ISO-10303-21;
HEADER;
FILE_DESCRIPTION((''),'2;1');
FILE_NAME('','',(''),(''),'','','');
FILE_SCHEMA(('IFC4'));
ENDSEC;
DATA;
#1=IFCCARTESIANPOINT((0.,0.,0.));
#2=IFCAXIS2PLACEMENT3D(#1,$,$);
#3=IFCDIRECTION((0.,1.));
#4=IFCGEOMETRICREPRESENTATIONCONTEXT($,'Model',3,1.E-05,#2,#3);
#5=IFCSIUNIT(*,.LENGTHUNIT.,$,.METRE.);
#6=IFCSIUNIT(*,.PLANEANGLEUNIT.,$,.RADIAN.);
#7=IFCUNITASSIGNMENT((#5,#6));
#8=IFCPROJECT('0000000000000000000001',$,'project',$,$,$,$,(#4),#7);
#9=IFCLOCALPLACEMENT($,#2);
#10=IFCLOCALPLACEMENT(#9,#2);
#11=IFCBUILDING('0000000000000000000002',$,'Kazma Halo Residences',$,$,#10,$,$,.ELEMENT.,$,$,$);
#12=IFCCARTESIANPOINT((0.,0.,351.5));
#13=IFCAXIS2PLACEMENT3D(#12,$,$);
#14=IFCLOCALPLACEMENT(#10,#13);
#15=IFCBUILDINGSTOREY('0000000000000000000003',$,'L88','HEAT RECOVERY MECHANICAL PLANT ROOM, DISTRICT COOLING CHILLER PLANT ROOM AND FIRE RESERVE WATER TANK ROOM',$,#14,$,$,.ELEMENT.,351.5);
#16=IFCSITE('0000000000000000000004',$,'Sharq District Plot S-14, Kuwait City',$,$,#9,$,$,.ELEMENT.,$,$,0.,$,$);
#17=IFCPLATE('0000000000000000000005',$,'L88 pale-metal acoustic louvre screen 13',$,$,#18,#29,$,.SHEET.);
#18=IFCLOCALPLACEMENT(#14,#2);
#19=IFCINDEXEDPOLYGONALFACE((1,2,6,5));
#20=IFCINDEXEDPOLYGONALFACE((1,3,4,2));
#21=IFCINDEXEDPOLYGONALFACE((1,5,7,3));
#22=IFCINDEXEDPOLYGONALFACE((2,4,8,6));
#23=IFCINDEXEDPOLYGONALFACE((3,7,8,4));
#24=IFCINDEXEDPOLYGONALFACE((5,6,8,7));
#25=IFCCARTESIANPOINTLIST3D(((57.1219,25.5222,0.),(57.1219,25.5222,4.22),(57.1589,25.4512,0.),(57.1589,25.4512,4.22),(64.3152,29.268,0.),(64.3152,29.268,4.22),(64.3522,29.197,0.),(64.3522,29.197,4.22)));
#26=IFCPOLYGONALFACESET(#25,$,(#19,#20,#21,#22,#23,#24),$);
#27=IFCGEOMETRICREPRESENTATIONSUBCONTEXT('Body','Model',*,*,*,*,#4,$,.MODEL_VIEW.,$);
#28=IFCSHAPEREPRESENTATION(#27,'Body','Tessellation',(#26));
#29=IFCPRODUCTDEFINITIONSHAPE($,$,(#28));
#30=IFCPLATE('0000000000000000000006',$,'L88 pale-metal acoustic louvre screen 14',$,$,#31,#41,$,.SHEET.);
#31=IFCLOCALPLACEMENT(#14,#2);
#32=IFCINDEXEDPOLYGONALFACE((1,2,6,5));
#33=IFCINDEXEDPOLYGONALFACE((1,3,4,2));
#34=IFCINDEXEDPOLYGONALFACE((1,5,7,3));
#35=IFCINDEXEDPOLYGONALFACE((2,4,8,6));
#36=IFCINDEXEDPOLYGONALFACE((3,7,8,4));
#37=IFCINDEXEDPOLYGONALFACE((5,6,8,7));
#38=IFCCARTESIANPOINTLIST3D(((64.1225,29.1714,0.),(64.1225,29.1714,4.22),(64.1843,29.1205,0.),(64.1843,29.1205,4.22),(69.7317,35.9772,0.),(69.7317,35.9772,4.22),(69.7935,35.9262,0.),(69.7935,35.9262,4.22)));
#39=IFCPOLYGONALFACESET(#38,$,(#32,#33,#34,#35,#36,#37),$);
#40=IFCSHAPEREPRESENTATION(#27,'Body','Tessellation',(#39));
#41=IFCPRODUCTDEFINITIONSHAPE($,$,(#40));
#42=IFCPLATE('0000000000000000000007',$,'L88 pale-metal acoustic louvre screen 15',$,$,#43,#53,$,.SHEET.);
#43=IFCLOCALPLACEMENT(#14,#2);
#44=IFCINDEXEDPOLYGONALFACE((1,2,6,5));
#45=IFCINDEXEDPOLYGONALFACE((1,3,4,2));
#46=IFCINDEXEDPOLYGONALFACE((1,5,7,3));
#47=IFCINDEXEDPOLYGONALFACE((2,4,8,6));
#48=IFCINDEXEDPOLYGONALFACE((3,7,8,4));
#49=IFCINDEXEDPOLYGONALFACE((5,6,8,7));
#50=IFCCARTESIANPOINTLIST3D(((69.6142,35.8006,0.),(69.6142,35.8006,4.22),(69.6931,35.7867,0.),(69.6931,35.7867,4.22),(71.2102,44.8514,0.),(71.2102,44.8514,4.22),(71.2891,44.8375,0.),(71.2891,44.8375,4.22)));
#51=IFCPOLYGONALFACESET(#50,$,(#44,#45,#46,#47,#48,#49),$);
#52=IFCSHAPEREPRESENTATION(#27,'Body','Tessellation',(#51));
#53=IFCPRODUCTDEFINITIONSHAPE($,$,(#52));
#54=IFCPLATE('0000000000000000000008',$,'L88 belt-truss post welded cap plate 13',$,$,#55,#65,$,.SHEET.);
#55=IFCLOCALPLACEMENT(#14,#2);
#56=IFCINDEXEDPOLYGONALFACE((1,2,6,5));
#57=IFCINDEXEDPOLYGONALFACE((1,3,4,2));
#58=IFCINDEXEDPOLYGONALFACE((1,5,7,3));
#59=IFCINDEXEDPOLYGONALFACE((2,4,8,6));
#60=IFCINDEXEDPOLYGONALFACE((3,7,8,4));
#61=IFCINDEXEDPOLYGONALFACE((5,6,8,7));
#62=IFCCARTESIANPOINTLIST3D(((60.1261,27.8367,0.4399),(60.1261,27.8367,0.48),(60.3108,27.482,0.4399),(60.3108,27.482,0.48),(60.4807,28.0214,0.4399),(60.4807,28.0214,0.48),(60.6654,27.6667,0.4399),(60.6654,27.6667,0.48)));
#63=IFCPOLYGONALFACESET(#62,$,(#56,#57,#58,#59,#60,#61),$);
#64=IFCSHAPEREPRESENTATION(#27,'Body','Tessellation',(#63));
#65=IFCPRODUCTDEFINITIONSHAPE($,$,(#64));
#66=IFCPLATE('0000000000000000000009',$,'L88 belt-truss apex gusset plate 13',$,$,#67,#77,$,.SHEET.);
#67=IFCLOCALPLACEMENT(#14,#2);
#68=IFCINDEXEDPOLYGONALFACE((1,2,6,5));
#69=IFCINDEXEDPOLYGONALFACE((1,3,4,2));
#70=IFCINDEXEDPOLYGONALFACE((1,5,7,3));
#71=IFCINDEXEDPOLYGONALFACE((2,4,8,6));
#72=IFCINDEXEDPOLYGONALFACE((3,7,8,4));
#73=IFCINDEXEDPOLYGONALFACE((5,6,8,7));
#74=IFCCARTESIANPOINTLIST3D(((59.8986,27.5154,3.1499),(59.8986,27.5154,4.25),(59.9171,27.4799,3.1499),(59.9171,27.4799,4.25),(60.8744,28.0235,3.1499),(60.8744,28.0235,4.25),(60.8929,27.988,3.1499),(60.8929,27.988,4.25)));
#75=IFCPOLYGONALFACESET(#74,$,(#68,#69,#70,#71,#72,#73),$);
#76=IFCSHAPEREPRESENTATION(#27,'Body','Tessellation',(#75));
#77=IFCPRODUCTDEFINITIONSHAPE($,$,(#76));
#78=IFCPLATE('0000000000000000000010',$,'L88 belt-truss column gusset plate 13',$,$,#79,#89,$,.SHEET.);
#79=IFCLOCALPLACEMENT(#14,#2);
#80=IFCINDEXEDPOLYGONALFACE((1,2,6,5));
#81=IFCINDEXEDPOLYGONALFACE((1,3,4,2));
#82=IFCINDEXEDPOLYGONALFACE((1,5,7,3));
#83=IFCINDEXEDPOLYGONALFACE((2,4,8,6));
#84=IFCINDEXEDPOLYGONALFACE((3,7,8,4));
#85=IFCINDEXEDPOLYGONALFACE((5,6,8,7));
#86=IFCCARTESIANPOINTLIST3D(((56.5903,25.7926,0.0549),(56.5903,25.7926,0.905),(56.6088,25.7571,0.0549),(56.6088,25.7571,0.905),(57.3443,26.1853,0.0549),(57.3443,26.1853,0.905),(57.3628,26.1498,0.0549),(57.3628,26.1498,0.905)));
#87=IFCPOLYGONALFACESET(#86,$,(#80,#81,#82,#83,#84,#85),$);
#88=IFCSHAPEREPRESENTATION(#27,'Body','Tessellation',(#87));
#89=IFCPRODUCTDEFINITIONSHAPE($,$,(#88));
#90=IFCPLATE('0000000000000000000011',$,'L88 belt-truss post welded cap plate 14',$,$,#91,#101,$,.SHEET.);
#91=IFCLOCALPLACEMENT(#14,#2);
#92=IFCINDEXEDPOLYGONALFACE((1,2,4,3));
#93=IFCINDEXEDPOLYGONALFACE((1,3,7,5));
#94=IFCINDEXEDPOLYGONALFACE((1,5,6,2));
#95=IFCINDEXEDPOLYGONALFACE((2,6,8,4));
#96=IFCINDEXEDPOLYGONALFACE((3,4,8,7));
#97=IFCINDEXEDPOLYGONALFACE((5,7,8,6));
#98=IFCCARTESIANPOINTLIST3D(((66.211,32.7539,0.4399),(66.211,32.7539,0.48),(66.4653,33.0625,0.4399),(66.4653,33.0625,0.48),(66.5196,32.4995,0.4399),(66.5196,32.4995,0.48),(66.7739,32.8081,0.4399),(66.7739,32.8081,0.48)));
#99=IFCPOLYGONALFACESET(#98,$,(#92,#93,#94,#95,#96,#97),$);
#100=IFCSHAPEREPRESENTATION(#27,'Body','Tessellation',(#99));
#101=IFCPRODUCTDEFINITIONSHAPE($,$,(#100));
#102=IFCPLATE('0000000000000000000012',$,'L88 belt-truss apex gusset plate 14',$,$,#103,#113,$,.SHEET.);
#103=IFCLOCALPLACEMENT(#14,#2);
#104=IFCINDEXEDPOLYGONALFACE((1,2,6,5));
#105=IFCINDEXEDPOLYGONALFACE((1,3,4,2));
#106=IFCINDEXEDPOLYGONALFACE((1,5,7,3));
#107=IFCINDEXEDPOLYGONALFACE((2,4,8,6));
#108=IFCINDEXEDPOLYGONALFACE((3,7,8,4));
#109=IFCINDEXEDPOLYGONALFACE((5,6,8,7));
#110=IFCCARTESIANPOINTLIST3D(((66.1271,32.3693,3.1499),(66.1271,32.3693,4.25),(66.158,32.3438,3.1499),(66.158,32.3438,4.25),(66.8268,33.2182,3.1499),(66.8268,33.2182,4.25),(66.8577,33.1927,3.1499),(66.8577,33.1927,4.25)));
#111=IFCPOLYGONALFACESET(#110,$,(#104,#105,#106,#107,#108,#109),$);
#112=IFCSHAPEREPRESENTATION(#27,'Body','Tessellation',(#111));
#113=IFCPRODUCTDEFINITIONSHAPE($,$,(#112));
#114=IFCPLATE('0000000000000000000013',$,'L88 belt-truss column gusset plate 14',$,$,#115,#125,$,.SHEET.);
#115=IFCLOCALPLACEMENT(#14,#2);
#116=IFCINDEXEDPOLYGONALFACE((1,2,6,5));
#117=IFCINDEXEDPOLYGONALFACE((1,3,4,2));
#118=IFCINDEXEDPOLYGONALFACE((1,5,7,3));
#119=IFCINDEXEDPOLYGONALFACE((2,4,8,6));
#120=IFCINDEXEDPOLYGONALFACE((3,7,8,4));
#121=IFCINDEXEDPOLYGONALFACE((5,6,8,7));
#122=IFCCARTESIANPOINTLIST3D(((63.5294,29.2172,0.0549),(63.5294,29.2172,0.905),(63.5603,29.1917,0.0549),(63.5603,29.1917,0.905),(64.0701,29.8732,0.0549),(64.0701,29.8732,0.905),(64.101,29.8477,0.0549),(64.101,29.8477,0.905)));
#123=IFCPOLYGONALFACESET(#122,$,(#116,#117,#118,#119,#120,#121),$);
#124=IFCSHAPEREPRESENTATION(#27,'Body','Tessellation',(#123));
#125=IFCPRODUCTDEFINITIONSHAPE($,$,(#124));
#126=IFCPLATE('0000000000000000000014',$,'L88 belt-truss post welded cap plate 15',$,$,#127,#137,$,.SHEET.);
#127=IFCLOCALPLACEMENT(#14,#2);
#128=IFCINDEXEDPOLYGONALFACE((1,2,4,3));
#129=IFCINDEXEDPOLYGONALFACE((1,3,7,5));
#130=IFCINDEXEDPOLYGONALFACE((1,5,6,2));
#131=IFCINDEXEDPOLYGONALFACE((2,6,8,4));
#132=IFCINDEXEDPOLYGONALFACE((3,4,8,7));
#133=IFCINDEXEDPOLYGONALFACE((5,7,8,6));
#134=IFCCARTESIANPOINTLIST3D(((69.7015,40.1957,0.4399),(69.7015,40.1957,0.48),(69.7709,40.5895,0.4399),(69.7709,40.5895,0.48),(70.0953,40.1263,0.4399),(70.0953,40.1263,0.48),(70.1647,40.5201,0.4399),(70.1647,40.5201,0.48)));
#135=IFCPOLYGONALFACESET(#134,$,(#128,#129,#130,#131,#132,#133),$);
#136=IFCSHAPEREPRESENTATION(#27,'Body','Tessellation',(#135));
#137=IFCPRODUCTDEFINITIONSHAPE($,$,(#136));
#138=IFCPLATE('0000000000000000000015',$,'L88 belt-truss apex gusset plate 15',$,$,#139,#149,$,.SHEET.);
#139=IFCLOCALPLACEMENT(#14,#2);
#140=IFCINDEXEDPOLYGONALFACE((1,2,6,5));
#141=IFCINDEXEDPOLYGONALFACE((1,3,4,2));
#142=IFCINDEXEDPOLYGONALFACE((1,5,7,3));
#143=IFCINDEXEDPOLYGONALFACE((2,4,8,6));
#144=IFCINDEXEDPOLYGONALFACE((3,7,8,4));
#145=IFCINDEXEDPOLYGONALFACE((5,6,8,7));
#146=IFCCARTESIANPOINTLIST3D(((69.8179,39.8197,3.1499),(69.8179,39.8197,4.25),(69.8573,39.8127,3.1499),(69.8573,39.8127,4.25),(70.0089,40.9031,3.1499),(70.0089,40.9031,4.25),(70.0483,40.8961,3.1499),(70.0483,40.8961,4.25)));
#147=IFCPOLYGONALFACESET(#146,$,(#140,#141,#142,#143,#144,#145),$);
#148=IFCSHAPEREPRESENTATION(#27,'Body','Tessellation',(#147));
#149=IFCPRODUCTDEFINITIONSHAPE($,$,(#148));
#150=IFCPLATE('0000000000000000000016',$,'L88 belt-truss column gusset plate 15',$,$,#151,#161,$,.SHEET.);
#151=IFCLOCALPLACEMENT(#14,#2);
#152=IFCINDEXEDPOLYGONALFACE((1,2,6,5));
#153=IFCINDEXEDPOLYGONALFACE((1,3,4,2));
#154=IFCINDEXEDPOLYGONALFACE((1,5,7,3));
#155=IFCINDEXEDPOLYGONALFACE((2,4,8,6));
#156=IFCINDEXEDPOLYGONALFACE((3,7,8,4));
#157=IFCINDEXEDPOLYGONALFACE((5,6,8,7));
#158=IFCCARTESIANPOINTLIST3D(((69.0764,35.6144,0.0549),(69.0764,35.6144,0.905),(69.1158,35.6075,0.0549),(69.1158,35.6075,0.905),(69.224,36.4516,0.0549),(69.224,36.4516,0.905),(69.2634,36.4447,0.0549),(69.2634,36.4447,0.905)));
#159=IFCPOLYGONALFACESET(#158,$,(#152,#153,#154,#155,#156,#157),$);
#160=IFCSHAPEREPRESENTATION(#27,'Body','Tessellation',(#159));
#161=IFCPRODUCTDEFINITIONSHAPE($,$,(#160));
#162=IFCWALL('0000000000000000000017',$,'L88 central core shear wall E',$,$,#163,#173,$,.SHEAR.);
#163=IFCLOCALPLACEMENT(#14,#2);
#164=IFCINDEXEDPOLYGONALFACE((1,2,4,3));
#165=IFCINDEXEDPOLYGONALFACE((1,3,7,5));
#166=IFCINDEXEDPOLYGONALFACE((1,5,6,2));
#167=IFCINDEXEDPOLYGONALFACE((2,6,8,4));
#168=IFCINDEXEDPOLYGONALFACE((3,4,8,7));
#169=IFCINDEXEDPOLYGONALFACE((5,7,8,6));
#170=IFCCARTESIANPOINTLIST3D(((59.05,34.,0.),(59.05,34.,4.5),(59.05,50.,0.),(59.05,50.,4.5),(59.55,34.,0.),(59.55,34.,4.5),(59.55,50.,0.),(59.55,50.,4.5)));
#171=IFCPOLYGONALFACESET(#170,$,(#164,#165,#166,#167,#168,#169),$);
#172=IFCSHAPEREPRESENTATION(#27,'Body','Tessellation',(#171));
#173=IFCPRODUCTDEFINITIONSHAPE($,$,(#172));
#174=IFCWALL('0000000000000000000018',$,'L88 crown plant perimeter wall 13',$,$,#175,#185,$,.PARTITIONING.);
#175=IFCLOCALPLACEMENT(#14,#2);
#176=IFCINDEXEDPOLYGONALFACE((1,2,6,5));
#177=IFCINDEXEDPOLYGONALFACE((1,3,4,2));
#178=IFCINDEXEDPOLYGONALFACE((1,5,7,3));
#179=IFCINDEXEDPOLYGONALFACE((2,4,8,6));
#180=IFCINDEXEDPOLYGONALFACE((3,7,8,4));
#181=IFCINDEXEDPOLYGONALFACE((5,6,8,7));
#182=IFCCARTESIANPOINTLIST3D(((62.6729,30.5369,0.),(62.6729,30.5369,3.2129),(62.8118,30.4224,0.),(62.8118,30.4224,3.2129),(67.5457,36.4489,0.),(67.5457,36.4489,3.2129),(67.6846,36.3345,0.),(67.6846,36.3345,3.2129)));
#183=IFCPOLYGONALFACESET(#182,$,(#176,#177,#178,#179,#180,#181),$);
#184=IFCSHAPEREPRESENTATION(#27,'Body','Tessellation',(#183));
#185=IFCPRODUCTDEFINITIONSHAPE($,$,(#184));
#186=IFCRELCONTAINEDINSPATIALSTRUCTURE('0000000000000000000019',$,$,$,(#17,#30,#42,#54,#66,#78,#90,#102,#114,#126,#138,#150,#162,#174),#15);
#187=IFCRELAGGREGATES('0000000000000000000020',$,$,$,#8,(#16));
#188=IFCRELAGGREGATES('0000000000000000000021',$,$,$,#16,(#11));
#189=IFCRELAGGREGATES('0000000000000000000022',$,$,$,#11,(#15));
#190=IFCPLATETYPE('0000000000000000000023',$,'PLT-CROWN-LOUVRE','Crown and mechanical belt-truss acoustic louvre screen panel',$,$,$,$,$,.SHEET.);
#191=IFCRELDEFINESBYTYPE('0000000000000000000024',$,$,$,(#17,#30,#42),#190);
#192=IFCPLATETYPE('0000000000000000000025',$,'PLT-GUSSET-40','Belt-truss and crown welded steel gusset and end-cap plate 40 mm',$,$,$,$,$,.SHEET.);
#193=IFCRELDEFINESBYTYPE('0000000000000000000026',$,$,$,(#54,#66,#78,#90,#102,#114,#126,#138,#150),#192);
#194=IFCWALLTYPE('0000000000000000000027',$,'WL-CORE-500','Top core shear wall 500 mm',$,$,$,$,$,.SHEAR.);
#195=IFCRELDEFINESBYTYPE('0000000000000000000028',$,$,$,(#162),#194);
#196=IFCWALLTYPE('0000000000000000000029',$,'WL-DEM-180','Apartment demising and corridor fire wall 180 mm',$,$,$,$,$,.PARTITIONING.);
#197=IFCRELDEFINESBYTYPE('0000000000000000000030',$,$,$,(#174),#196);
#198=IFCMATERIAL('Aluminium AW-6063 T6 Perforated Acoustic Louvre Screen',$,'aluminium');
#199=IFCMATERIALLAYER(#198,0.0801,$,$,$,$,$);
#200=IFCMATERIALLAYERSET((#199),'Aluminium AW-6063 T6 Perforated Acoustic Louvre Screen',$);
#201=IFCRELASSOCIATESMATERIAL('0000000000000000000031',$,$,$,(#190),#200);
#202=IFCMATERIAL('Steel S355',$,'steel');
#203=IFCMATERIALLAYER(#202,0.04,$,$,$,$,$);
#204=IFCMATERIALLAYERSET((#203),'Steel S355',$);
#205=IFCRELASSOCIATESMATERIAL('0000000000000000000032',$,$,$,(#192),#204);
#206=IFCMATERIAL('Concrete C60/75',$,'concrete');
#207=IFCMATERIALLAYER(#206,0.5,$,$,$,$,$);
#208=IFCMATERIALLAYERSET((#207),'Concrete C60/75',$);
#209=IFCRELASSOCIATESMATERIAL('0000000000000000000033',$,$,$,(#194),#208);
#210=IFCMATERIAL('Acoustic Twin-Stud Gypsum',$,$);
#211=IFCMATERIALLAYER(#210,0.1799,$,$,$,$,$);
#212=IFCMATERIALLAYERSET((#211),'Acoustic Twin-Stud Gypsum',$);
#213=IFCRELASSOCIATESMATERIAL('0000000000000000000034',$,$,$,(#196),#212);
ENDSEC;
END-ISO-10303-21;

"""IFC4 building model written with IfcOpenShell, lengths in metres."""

from ifc_helpers import new_model, si_unit, direction, frame, frame_2d, origin, origin_2d, place, context, subcontext, project, spatial, rectangle, extrude, material, layer, layer_set, type_object, element, save


model = new_model("IFC4")

# Units and contexts
model_context = context("Model", 3, precision=1e-05, world=origin(), true_north=direction((0.0, 1.0)))
body_context = subcontext(model_context, "Body", "Model", "MODEL_VIEW")
ifc_project = project(units=[si_unit("LENGTHUNIT", "METRE"), si_unit("PLANEANGLEUNIT", "RADIAN")], contexts=[model_context])

# Site, building, storey
site_placement = place(None, origin())
site = spatial("IfcSite", under=ifc_project, at=site_placement, Name="Sharq District Plot S-14, Kuwait City", CompositionType="ELEMENT", RefElevation=0.0)
building_placement = place(site_placement, origin())
building = spatial("IfcBuilding", under=site, at=building_placement, Name="Kazma Halo Residences", CompositionType="ELEMENT")
storey_placement = place(building_placement, frame((0.0, 0.0, 351.5)))
storey = spatial("IfcBuildingStorey", under=building, at=storey_placement, Name="L88", Description="HEAT RECOVERY MECHANICAL PLANT ROOM, DISTRICT COOLING CHILLER PLANT ROOM AND FIRE RESERVE WATER TANK ROOM", CompositionType="ELEMENT", Elevation=351.5)

# Shared definitions
ifc_material_1 = material(Name="Steel S355", Category="steel")

# Plates
ifc_material_2 = material(Name="Aluminium AW-6063 T6 Perforated Acoustic Louvre Screen", Category="aluminium")
ifc_layer_1 = layer(ifc_material_2, 0.0801)
ifc_layer_set_1 = layer_set([ifc_layer_1], Name="Aluminium AW-6063 T6 Perforated Acoustic Louvre Screen")
plate_type_1 = type_object("IfcPlateType", Name="PLT-CROWN-LOUVRE", Description="Crown and mechanical belt-truss acoustic louvre screen panel", PredefinedType="SHEET", material=ifc_layer_set_1)
plate_1_placement = place(storey_placement, frame((60.7371, 27.3596, 0.0), z_axis=(0.0, 0.0, 1.0), x_axis=(0.88695, 0.461866, 0.0)))
element("IfcPlate", 1, at=plate_1_placement, inside=storey, type_object=plate_type_1, Name="L88 pale-metal acoustic louvre screen 13", PredefinedType="SHEET", context=body_context, shape_type="SweptSolid", body=[
    extrude(rectangle(XDim=8.1101, YDim=0.0801, at=origin_2d()), origin(), (0.0, 0.0, 1.0), 4.22),
])
plate_2_placement = place(storey_placement, frame((66.958, 32.5488, 0.0), z_axis=(0.0, 0.0, 1.0), x_axis=(0.636008, 0.771683, 0.0)))
element("IfcPlate", 2, at=plate_2_placement, inside=storey, type_object=plate_type_1, Name="L88 pale-metal acoustic louvre screen 14", PredefinedType="SHEET", context=body_context, shape_type="SweptSolid", body=[
    extrude(rectangle(XDim=8.8193, YDim=0.0801, at=origin_2d()), origin(), (0.0, 0.0, 1.0), 4.22),
])
plate_3_placement = place(storey_placement, frame((70.4517, 40.3191, 0.0), z_axis=(0.0, 0.0, 1.0), x_axis=(0.173656, 0.984806, 0.0)))
element("IfcPlate", 3, at=plate_3_placement, inside=storey, type_object=plate_type_1, Name="L88 pale-metal acoustic louvre screen 15", PredefinedType="SHEET", context=body_context, shape_type="SweptSolid", body=[
    extrude(rectangle(XDim=9.1904, YDim=0.0801, at=origin_2d()), origin(), (0.0, 0.0, 1.0), 4.22),
])
ifc_layer_2 = layer(ifc_material_1, 0.04)
ifc_layer_set_2 = layer_set([ifc_layer_2], Name="Steel S355")
plate_type_2 = type_object("IfcPlateType", Name="PLT-GUSSET-40", Description="Belt-truss and crown welded steel gusset and end-cap plate 40 mm", PredefinedType="SHEET", material=ifc_layer_set_2)
plate_4_placement = place(storey_placement, frame((60.3958, 27.7517, 0.4399), z_axis=(0.0, 0.0, 1.0), x_axis=(0.88695, 0.461866, 0.0)))
element("IfcPlate", 4, at=plate_4_placement, inside=storey, type_object=plate_type_2, Name="L88 belt-truss post welded cap plate 13", PredefinedType="SHEET", context=body_context, shape_type="SweptSolid", body=[
    extrude(rectangle(XDim=0.3999, YDim=0.3999, at=origin_2d()), origin(), (0.0, 0.0, 1.0), 0.04),
])
plate_5_placement = place(storey_placement, frame((60.3958, 27.7517, 3.1499), z_axis=(0.0, 0.0, 1.0), x_axis=(0.88695, 0.461866, 0.0)))
element("IfcPlate", 5, at=plate_5_placement, inside=storey, type_object=plate_type_2, Name="L88 belt-truss apex gusset plate 13", PredefinedType="SHEET", context=body_context, shape_type="SweptSolid", body=[
    extrude(rectangle(XDim=1.1001, YDim=0.04, at=origin_2d()), origin(), (0.0, 0.0, 1.0), 1.1001),
])
plate_6_placement = place(storey_placement, frame((56.9766, 25.9712, 0.0549), z_axis=(0.0, 0.0, 1.0), x_axis=(0.88695, 0.461866, 0.0)))
element("IfcPlate", 6, at=plate_6_placement, inside=storey, type_object=plate_type_2, Name="L88 belt-truss column gusset plate 13", PredefinedType="SHEET", context=body_context, shape_type="SweptSolid", body=[
    extrude(rectangle(XDim=0.8501, YDim=0.04, at=origin_2d()), origin(), (0.0, 0.0, 1.0), 0.8501),
])
plate_7_placement = place(storey_placement, frame((66.4924, 32.781, 0.4399), z_axis=(0.0, 0.0, 1.0), x_axis=(0.636008, 0.771683, 0.0)))
element("IfcPlate", 7, at=plate_7_placement, inside=storey, type_object=plate_type_2, Name="L88 belt-truss post welded cap plate 14", PredefinedType="SHEET", context=body_context, shape_type="SweptSolid", body=[
    extrude(rectangle(XDim=0.3999, YDim=0.3999, at=origin_2d()), origin(), (0.0, 0.0, 1.0), 0.04),
])
plate_8_placement = place(storey_placement, frame((66.4924, 32.781, 3.1499), z_axis=(0.0, 0.0, 1.0), x_axis=(0.636008, 0.771683, 0.0)))
element("IfcPlate", 8, at=plate_8_placement, inside=storey, type_object=plate_type_2, Name="L88 belt-truss apex gusset plate 14", PredefinedType="SHEET", context=body_context, shape_type="SweptSolid", body=[
    extrude(rectangle(XDim=1.1001, YDim=0.04, at=origin_2d()), origin(), (0.0, 0.0, 1.0), 1.1001),
])
plate_9_placement = place(storey_placement, frame((63.8152, 29.5325, 0.0549), z_axis=(0.0, 0.0, 1.0), x_axis=(0.636008, 0.771683, 0.0)))
element("IfcPlate", 9, at=plate_9_placement, inside=storey, type_object=plate_type_2, Name="L88 belt-truss column gusset plate 14", PredefinedType="SHEET", context=body_context, shape_type="SweptSolid", body=[
    extrude(rectangle(XDim=0.8501, YDim=0.04, at=origin_2d()), origin(), (0.0, 0.0, 1.0), 0.8501),
])
plate_10_placement = place(storey_placement, frame((69.9331, 40.3579, 0.4399), z_axis=(0.0, 0.0, 1.0), x_axis=(0.173656, 0.984806, 0.0)))
element("IfcPlate", 10, at=plate_10_placement, inside=storey, type_object=plate_type_2, Name="L88 belt-truss post welded cap plate 15", PredefinedType="SHEET", context=body_context, shape_type="SweptSolid", body=[
    extrude(rectangle(XDim=0.3999, YDim=0.3999, at=origin_2d()), origin(), (0.0, 0.0, 1.0), 0.04),
])
plate_11_placement = place(storey_placement, frame((69.9331, 40.3579, 3.1499), z_axis=(0.0, 0.0, 1.0), x_axis=(0.173656, 0.984806, 0.0)))
element("IfcPlate", 11, at=plate_11_placement, inside=storey, type_object=plate_type_2, Name="L88 belt-truss apex gusset plate 15", PredefinedType="SHEET", context=body_context, shape_type="SweptSolid", body=[
    extrude(rectangle(XDim=1.1001, YDim=0.04, at=origin_2d()), origin(), (0.0, 0.0, 1.0), 1.1001),
])
plate_12_placement = place(storey_placement, frame((69.1699, 36.0295, 0.0549), z_axis=(0.0, 0.0, 1.0), x_axis=(0.173656, 0.984806, 0.0)))
element("IfcPlate", 12, at=plate_12_placement, inside=storey, type_object=plate_type_2, Name="L88 belt-truss column gusset plate 15", PredefinedType="SHEET", context=body_context, shape_type="SweptSolid", body=[
    extrude(rectangle(XDim=0.8501, YDim=0.04, at=origin_2d()), origin(), (0.0, 0.0, 1.0), 0.8501),
])

# Walls
ifc_material_3 = material(Name="Concrete C60/75", Category="concrete")
ifc_layer_3 = layer(ifc_material_3, 0.5)
ifc_layer_set_3 = layer_set([ifc_layer_3], Name="Concrete C60/75")
wall_type_1 = type_object("IfcWallType", Name="WL-CORE-500", Description="Top core shear wall 500 mm", PredefinedType="SHEAR", material=ifc_layer_set_3)
wall_1_placement = place(storey_placement, frame((59.3, 34.0, 0.0), z_axis=(0.0, 0.0, 1.0), x_axis=(0.0, 1.0, 0.0)))
element("IfcWall", 13, at=wall_1_placement, inside=storey, type_object=wall_type_1, Name="L88 central core shear wall E", PredefinedType="SHEAR", context=body_context, shape_type="SweptSolid", body=[
    extrude(rectangle(XDim=16.0, YDim=0.5, at=frame_2d((8.0, 0.0))), origin(), (0.0, 0.0, 1.0), 4.5),
])
ifc_material_4 = material(Name="Acoustic Twin-Stud Gypsum")
ifc_layer_4 = layer(ifc_material_4, 0.1799)
ifc_layer_set_4 = layer_set([ifc_layer_4], Name="Acoustic Twin-Stud Gypsum")
wall_type_2 = type_object("IfcWallType", Name="WL-DEM-180", Description="Apartment demising and corridor fire wall 180 mm", PredefinedType="PARTITIONING", material=ifc_layer_set_4)
wall_2_placement = place(storey_placement, frame((62.7424, 30.4797, 0.0), z_axis=(0.0, 0.0, 1.0), x_axis=(0.636019, 0.771674, 0.0)))
element("IfcWall", 14, at=wall_2_placement, inside=storey, type_object=wall_type_2, Name="L88 crown plant perimeter wall 13", PredefinedType="PARTITIONING", context=body_context, shape_type="SweptSolid", body=[
    extrude(rectangle(XDim=7.6614, YDim=0.1799, at=frame_2d((3.8306, 0.0))), origin(), (0.0, 0.0, 1.0), 3.2129),
])

save(model, "model.ifc")
